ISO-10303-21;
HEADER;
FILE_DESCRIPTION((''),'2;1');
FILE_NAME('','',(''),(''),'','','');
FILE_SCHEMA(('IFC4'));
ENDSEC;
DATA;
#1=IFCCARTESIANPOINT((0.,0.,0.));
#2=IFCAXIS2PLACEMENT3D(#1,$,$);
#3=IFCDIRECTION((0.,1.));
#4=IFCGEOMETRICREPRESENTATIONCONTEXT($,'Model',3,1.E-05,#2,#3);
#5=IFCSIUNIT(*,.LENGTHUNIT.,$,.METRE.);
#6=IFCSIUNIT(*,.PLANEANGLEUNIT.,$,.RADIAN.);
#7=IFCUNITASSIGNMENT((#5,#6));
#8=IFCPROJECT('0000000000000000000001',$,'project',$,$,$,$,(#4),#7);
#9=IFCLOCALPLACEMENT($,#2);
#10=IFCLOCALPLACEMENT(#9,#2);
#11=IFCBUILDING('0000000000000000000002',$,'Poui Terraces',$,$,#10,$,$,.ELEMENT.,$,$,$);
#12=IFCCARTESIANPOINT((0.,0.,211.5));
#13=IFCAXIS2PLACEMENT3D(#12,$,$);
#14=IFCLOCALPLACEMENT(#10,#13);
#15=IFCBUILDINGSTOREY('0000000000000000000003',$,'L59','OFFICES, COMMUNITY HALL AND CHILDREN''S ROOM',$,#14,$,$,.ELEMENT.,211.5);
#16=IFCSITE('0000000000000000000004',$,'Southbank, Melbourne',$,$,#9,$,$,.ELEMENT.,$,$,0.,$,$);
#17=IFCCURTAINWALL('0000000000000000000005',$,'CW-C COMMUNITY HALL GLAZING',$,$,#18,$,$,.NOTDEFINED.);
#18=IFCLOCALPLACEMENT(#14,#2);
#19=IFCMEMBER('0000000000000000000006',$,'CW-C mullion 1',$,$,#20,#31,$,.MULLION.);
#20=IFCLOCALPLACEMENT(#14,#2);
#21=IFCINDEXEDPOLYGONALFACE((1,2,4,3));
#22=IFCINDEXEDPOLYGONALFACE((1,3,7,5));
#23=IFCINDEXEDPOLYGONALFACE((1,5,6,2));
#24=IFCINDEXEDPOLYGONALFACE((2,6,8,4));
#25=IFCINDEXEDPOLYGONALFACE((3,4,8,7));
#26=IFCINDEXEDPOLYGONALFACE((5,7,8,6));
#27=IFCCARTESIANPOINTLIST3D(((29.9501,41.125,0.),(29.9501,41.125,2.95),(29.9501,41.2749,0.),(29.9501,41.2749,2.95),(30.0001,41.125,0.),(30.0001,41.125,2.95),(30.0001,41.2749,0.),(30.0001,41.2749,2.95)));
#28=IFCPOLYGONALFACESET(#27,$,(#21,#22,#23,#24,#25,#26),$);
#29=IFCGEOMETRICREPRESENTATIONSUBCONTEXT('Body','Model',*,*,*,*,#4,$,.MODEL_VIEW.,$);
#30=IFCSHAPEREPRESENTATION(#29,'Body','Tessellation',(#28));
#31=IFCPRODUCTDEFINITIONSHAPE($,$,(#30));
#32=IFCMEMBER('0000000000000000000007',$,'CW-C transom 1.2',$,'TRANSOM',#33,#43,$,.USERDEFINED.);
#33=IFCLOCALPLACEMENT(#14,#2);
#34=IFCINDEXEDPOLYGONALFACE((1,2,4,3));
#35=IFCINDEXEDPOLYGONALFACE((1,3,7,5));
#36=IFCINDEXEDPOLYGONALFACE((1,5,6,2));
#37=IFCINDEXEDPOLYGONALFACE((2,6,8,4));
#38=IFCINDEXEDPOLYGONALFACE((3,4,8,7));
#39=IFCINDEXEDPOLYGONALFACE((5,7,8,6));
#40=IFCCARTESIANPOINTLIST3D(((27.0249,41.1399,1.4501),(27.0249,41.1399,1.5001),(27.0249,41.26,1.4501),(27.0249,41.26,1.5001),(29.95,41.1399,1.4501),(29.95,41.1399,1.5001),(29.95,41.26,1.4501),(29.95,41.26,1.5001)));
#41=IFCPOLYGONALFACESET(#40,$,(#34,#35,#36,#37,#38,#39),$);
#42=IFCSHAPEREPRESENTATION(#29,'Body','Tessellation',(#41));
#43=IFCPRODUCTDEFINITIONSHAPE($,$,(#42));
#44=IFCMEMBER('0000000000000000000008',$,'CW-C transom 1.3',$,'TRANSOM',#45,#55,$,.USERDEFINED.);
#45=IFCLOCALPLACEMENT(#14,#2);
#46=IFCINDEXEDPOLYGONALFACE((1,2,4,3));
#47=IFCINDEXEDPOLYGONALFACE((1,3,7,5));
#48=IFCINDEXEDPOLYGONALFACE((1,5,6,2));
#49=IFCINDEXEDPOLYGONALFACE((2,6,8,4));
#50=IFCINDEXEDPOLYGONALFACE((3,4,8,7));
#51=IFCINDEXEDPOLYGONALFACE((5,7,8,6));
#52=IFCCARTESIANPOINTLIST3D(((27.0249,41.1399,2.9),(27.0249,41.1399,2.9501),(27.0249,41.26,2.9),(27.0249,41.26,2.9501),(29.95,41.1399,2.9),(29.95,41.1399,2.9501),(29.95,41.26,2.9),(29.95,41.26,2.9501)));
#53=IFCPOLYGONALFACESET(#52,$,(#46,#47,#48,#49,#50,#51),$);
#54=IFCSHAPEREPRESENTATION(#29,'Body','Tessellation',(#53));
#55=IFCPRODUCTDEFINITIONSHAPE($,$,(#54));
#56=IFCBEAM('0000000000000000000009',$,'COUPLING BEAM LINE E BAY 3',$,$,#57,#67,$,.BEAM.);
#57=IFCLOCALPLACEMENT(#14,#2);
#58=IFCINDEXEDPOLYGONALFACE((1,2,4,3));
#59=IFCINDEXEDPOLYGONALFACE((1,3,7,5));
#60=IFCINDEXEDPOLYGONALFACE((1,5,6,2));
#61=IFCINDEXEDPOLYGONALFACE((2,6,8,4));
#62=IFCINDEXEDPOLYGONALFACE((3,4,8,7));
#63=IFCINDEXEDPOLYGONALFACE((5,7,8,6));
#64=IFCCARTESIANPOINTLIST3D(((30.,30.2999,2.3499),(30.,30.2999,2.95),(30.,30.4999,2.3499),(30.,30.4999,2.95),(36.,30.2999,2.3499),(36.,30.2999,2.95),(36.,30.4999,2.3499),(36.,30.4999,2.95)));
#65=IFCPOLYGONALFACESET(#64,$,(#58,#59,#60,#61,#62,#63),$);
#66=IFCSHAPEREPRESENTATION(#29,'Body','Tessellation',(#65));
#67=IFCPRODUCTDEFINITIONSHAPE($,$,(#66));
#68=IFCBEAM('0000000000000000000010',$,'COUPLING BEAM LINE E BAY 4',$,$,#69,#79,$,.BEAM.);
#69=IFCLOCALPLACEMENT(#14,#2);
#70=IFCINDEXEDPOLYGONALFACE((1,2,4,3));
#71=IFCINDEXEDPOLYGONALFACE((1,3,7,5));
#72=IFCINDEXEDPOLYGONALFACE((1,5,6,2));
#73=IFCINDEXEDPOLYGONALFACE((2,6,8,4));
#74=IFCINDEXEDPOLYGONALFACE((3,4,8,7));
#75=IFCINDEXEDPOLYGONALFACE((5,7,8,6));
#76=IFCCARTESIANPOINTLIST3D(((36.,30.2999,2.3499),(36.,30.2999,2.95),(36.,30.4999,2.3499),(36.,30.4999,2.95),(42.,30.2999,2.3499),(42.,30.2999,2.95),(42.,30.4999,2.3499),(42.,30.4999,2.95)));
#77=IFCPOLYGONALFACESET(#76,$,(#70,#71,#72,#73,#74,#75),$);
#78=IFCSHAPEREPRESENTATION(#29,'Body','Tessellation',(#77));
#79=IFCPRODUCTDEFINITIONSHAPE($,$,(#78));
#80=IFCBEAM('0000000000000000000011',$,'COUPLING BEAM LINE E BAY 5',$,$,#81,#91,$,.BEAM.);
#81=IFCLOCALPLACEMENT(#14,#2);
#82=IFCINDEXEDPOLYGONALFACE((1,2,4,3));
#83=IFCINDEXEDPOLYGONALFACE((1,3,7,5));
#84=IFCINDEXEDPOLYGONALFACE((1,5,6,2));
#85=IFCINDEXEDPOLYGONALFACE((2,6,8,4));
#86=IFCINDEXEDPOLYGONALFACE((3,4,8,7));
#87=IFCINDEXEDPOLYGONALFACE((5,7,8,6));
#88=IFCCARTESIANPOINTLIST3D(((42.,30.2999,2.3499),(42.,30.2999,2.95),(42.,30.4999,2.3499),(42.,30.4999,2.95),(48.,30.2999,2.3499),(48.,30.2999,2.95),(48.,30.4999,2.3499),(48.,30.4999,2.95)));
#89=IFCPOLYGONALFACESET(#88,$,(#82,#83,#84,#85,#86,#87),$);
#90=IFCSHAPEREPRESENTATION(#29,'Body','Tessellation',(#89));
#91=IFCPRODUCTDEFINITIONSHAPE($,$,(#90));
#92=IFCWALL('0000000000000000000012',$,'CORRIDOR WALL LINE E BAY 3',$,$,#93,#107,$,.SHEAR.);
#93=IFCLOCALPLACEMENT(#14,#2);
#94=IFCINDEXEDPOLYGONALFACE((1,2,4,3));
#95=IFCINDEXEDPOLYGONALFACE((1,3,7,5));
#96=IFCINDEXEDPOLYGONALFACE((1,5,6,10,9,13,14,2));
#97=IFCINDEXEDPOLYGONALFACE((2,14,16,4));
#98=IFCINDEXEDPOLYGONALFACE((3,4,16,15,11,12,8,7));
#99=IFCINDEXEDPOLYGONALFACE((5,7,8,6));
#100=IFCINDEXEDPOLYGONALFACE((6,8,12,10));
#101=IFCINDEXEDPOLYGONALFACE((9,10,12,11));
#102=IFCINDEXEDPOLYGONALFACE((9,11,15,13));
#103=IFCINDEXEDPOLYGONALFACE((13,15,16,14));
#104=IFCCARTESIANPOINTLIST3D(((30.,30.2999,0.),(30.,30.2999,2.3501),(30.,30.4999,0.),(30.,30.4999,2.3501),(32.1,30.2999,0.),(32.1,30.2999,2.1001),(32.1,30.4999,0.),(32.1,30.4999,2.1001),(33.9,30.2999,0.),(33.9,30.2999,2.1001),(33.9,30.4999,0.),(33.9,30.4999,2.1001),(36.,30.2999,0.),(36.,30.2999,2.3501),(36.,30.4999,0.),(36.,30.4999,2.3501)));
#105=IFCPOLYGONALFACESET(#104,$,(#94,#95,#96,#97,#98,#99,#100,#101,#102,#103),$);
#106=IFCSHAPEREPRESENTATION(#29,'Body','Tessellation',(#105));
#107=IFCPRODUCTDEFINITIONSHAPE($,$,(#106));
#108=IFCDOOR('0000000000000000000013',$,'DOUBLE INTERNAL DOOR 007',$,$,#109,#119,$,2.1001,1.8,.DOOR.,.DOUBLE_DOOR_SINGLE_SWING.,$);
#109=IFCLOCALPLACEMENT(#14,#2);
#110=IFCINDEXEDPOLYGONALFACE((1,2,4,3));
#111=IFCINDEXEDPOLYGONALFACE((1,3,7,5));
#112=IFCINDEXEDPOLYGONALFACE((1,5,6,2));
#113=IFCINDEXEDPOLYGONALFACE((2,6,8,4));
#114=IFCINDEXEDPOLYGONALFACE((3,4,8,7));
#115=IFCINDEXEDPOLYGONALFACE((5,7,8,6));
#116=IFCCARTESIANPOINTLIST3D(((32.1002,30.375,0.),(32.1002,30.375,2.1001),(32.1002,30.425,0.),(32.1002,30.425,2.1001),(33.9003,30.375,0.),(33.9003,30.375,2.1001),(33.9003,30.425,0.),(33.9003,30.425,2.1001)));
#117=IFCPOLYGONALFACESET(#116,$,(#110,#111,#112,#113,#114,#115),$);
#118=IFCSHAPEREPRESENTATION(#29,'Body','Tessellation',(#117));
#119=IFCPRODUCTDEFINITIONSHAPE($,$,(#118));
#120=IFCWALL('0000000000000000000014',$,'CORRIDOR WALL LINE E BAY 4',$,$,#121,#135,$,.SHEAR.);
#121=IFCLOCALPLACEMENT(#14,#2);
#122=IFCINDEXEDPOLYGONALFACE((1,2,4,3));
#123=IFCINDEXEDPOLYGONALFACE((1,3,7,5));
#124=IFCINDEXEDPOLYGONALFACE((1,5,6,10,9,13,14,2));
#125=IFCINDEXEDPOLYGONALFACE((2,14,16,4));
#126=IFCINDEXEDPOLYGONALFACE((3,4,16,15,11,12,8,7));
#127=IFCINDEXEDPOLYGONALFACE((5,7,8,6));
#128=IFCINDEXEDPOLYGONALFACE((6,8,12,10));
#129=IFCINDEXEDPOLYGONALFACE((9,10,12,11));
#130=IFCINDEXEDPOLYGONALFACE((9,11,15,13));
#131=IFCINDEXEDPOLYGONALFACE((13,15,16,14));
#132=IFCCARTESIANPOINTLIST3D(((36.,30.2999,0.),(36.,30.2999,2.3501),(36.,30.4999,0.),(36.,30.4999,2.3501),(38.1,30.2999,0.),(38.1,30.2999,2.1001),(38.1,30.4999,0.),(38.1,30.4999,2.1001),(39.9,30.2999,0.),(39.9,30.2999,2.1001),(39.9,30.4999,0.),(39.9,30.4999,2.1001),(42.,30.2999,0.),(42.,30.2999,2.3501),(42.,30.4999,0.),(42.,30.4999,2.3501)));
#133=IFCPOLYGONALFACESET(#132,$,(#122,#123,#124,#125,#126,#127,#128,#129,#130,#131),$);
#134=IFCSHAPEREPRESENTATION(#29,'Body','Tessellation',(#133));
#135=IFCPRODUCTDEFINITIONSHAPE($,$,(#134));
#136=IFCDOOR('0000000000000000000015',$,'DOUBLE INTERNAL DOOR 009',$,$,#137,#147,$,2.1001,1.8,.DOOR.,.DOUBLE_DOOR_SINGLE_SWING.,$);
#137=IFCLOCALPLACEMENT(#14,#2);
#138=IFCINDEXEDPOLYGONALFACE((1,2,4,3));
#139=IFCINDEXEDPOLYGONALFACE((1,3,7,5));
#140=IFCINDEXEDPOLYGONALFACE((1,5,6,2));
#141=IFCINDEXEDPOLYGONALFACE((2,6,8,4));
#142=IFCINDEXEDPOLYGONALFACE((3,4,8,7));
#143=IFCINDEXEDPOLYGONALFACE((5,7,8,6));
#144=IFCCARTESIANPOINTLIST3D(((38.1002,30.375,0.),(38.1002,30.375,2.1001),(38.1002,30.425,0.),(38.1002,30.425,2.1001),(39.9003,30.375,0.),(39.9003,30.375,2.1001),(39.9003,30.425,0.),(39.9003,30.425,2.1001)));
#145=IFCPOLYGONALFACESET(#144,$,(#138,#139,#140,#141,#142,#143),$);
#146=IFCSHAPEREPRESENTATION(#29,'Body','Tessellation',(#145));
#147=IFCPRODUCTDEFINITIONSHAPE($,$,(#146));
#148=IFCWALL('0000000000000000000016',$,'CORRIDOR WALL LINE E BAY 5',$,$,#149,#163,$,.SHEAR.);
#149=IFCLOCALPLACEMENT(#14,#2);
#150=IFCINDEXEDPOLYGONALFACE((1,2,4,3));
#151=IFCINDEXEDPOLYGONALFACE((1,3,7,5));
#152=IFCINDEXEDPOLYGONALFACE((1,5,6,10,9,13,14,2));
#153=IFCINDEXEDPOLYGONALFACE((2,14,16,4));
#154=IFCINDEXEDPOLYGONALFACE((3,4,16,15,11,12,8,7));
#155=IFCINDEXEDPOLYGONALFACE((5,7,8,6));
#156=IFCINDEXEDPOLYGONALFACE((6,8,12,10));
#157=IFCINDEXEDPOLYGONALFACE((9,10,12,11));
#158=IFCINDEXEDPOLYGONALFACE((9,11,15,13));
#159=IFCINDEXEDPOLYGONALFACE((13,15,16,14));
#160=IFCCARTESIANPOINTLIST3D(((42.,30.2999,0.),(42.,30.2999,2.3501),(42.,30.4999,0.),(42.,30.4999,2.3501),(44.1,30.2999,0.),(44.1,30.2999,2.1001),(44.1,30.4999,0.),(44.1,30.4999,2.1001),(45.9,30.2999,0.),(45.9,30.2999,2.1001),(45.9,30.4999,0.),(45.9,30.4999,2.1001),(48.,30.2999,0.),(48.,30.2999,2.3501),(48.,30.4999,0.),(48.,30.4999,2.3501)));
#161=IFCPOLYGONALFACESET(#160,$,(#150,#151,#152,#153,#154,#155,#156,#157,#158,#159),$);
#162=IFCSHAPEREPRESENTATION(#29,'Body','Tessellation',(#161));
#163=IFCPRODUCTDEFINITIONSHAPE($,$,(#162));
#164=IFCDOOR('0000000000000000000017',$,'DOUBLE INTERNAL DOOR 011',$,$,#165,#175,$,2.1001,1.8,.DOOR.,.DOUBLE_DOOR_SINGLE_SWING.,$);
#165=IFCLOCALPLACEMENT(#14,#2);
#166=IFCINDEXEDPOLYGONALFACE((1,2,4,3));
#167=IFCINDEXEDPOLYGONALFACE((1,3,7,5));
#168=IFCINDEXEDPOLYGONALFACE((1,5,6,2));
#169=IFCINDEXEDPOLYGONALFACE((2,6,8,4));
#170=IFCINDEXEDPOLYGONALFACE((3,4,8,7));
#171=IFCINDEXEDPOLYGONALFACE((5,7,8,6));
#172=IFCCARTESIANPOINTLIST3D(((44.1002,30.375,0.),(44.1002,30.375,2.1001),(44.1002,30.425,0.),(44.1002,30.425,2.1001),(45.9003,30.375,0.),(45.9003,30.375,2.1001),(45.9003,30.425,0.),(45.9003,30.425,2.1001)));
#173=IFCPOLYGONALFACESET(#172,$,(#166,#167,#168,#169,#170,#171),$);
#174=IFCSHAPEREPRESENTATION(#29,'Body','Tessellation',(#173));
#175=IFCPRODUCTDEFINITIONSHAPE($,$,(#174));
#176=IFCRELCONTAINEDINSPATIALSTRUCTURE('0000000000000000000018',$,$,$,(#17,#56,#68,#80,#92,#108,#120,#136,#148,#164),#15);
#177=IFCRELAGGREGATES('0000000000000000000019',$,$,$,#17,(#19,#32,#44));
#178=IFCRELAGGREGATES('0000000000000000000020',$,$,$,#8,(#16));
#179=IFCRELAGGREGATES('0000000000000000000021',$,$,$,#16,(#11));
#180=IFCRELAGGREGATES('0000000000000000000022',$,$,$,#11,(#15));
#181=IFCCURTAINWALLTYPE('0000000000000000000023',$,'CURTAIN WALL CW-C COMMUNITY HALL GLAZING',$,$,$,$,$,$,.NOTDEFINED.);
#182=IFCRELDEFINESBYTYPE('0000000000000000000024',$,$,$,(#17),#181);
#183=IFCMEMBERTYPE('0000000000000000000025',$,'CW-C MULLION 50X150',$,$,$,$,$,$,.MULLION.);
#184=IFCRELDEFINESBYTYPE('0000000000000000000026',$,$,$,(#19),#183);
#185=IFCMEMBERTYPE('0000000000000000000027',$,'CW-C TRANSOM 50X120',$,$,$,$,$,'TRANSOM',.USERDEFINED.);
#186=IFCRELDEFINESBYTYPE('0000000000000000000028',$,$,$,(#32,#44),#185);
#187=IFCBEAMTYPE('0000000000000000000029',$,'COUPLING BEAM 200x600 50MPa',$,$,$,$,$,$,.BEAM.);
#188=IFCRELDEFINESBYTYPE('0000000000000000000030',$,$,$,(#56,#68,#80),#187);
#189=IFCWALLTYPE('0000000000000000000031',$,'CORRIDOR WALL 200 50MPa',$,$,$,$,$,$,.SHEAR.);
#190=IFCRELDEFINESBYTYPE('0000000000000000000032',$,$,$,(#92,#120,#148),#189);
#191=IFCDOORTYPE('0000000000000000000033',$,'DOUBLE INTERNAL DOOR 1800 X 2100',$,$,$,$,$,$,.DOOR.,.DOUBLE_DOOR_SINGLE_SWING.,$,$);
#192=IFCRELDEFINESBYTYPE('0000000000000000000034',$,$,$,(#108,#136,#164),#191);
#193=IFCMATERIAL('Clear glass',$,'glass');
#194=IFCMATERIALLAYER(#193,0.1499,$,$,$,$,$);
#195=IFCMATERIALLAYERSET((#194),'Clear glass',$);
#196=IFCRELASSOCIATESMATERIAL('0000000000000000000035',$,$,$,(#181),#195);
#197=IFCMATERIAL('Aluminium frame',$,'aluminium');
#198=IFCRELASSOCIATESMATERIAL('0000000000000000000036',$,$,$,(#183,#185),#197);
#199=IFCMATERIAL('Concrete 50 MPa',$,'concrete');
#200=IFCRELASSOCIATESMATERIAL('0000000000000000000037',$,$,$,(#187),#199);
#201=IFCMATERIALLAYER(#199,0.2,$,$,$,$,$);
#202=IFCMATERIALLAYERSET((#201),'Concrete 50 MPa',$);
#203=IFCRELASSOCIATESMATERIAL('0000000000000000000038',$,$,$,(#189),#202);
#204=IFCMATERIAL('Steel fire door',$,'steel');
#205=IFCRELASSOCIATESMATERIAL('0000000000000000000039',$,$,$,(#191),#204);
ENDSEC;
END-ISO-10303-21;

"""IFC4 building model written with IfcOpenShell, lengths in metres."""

from ifc_helpers import new_model, si_unit, direction, frame, frame_2d, origin, origin_2d, place, context, subcontext, project, spatial, rectangle, extrude, source, transform, mapped, material, layer, layer_set, material_profile, profile_set, type_object, element, fill, aggregate, save


model = new_model("IFC4")

# Units and contexts
model_context = context("Model", 3, precision=1e-05, world=origin(), true_north=direction((0.0, 1.0)))
body_context = subcontext(model_context, "Body", "Model", "MODEL_VIEW")
ifc_project = project(units=[si_unit("LENGTHUNIT", "METRE"), si_unit("PLANEANGLEUNIT", "RADIAN")], contexts=[model_context])

# Site, building, storey
site_placement = place(None, origin())
site = spatial("IfcSite", under=ifc_project, at=site_placement, Name="Southbank, Melbourne", CompositionType="ELEMENT", RefElevation=0.0)
building_placement = place(site_placement, origin())
building = spatial("IfcBuilding", under=site, at=building_placement, Name="Poui Terraces", CompositionType="ELEMENT")
storey_placement = place(building_placement, frame((0.0, 0.0, 211.5)))
storey = spatial("IfcBuildingStorey", under=building, at=storey_placement, Name="L59", Description="OFFICES, COMMUNITY HALL AND CHILDREN'S ROOM", CompositionType="ELEMENT", Elevation=211.5)

# Curtain wall, members
ifc_material_1 = material(Name="Clear glass", Category="glass")
ifc_layer_1 = layer(ifc_material_1, 0.1499)
ifc_layer_set_1 = layer_set([ifc_layer_1], Name="Clear glass")
curtain_wall_type = type_object("IfcCurtainWallType", Name="CURTAIN WALL CW-C COMMUNITY HALL GLAZING", PredefinedType="NOTDEFINED", material=ifc_layer_set_1)
curtain_wall_placement = place(storey_placement, origin())
curtain_wall = element("IfcCurtainWall", 1, at=curtain_wall_placement, inside=storey, type_object=curtain_wall_type, Name="CW-C COMMUNITY HALL GLAZING", PredefinedType="NOTDEFINED")
ifc_material_2 = material(Name="Aluminium frame", Category="aluminium")
ifc_material_profile_1 = material_profile(ifc_material_2, rectangle(XDim=0.1499, YDim=0.05, at=origin_2d()), Name="CW-C MULLION 50X150")
ifc_profile_set_1 = profile_set([ifc_material_profile_1], Name="Aluminium frame")
member_type_1 = type_object("IfcMemberType", Name="CW-C MULLION 50X150", PredefinedType="MULLION", material=ifc_profile_set_1)
member_1_placement = place(storey_placement, frame((29.9751, 41.2, 0.0), z_axis=(0.0, 0.0, 1.0), x_axis=(0.0, -1.0, 0.0)))
member_1 = element("IfcMember", 2, at=member_1_placement, type_object=member_type_1, Name="CW-C mullion 1", PredefinedType="MULLION", context=body_context, shape_type="SweptSolid", body=[
    extrude(rectangle(XDim=0.1499, YDim=0.05, at=origin_2d()), origin(), (0.0, 0.0, 1.0), 2.95),
])
ifc_material_profile_2 = material_profile(ifc_material_2, rectangle(XDim=0.1201, YDim=0.05, at=origin_2d()), Name="CW-C TRANSOM 50X120")
ifc_profile_set_2 = profile_set([ifc_material_profile_2], Name="Aluminium frame")
member_type_2 = type_object("IfcMemberType", Name="CW-C TRANSOM 50X120", ElementType="TRANSOM", PredefinedType="USERDEFINED", material=ifc_profile_set_2)
member_2_placement = place(storey_placement, frame((29.95, 41.2, 1.4751), z_axis=(-1.0, 0.0, 0.0), x_axis=(0.0, -1.0, 0.0)))
member_2 = element("IfcMember", 3, at=member_2_placement, type_object=member_type_2, Name="CW-C transom 1.2", ObjectType="TRANSOM", PredefinedType="USERDEFINED", context=body_context, shape_type="SweptSolid", body=[
    extrude(rectangle(XDim=0.1201, YDim=0.05, at=origin_2d()), origin(), (0.0, 0.0, 1.0), 2.925),
])
member_3_placement = place(storey_placement, frame((29.95, 41.2, 2.925), z_axis=(-1.0, 0.0, 0.0), x_axis=(0.0, -1.0, 0.0)))
member_3 = element("IfcMember", 4, at=member_3_placement, type_object=member_type_2, Name="CW-C transom 1.3", ObjectType="TRANSOM", PredefinedType="USERDEFINED", context=body_context, shape_type="SweptSolid", body=[
    extrude(rectangle(XDim=0.1201, YDim=0.05, at=origin_2d()), origin(), (0.0, 0.0, 1.0), 2.925),
])
aggregate(curtain_wall, [member_1, member_2, member_3])

# Beams
ifc_material_3 = material(Name="Concrete 50 MPa", Category="concrete")
ifc_material_profile_3 = material_profile(ifc_material_3, rectangle(XDim=0.2, YDim=0.6001, at=origin_2d()), Name="RC 200x600")
ifc_profile_set_3 = profile_set([ifc_material_profile_3], Name="Concrete 50 MPa")
beam_type = type_object("IfcBeamType", Name="COUPLING BEAM 200x600 50MPa", PredefinedType="BEAM", material=ifc_profile_set_3)
shared_shape = source(origin(), body_context, "Body", "SweptSolid", [
    extrude(rectangle(XDim=0.2, YDim=0.6001, at=origin_2d()), origin(), (0.0, 0.0, 1.0), 6.0),
])
for number, where, z_axis, x_axis, name in (
    (5, (30.0, 30.3999, 2.6499), (1.0, 0.0, 0.0), (0.0, 1.0, 0.0), "COUPLING BEAM LINE E BAY 3"),
    (6, (36.0, 30.3999, 2.6499), (1.0, 0.0, 0.0), (0.0, 1.0, 0.0), "COUPLING BEAM LINE E BAY 4"),
    (7, (42.0, 30.3999, 2.6499), (1.0, 0.0, 0.0), (0.0, 1.0, 0.0), "COUPLING BEAM LINE E BAY 5"),
):
    element("IfcBeam", number, at=place(storey_placement, frame(where, z_axis=z_axis, x_axis=x_axis)), inside=storey, type_object=beam_type, Name=name, PredefinedType="BEAM", context=body_context, shape_type="MappedRepresentation", body=[
        mapped(shared_shape, transform((0.0, 0.0, 0.0))),
    ])

# Walls, openings, doors
ifc_layer_2 = layer(ifc_material_3, 0.2)
ifc_layer_set_2 = layer_set([ifc_layer_2], Name="Concrete 50 MPa")
wall_type_1 = type_object("IfcWallType", Name="CORRIDOR WALL 200 50MPa", PredefinedType="SHEAR", material=ifc_layer_set_2)
wall_1_placement = place(storey_placement, frame((30.0, 30.3999, 0.0), z_axis=(0.0, 0.0, 1.0), x_axis=(1.0, 0.0, 0.0)))
wall_1 = element("IfcWall", 8, at=wall_1_placement, inside=storey, type_object=wall_type_1, Name="CORRIDOR WALL LINE E BAY 3", PredefinedType="SHEAR", context=body_context, shape_type="SweptSolid", body=[
    extrude(rectangle(XDim=6.0, YDim=0.2, at=frame_2d((3.0, 0.0))), origin(), (0.0, 0.0, 1.0), 2.3501),
])
opening_1_placement = place(wall_1_placement, frame((2.1001, 0.0, 0.0)))
opening_1 = element("IfcOpeningElement", 9, at=opening_1_placement, cuts=wall_1, PredefinedType="OPENING", context=body_context, shape_type="SweptSolid", body=[
    extrude(rectangle(XDim=1.8, YDim=2.1001, at=frame_2d((0.8999, 1.05))), frame((0.0, 0.1099, 0.0), z_axis=(0.0, -1.0, 0.0), x_axis=(1.0, 0.0, 0.0)), (0.0, 0.0, 1.0), 0.22),
])
ifc_material_4 = material(Name="Steel fire door", Category="steel")
door_type_1 = type_object("IfcDoorType", Name="DOUBLE INTERNAL DOOR 1800 X 2100", OperationType="DOUBLE_DOOR_SINGLE_SWING", PredefinedType="DOOR", material=ifc_material_4)
door_1_placement = place(opening_1_placement, frame((1.8, 0.0, 0.0), z_axis=(0.0, 0.0, 1.0), x_axis=(-1.0, 0.0, 0.0)))
door_1 = element("IfcDoor", 10, at=door_1_placement, inside=storey, type_object=door_type_1, Name="DOUBLE INTERNAL DOOR 007", OperationType="DOUBLE_DOOR_SINGLE_SWING", OverallHeight=2.1001, OverallWidth=1.8, PredefinedType="DOOR", context=body_context, shape_type="SweptSolid", body=[
    extrude(rectangle(XDim=1.8, YDim=2.1001, at=frame_2d((0.8999, 1.05))), frame((0.0, 0.0249, 0.0), z_axis=(0.0, -1.0, 0.0), x_axis=(1.0, 0.0, 0.0)), (0.0, 0.0, 1.0), 0.05),
])
fill(opening_1, door_1)
wall_2_placement = place(storey_placement, frame((36.0, 30.3999, 0.0), z_axis=(0.0, 0.0, 1.0), x_axis=(1.0, 0.0, 0.0)))
wall_2 = element("IfcWall", 11, at=wall_2_placement, inside=storey, type_object=wall_type_1, Name="CORRIDOR WALL LINE E BAY 4", PredefinedType="SHEAR", context=body_context, shape_type="SweptSolid", body=[
    extrude(rectangle(XDim=6.0, YDim=0.2, at=frame_2d((3.0, 0.0))), origin(), (0.0, 0.0, 1.0), 2.3501),
])
opening_2_placement = place(wall_2_placement, frame((2.1001, 0.0, 0.0)))
opening_2 = element("IfcOpeningElement", 12, at=opening_2_placement, cuts=wall_2, PredefinedType="OPENING", context=body_context, shape_type="SweptSolid", body=[
    extrude(rectangle(XDim=1.8, YDim=2.1001, at=frame_2d((0.8999, 1.05))), frame((0.0, 0.1099, 0.0), z_axis=(0.0, -1.0, 0.0), x_axis=(1.0, 0.0, 0.0)), (0.0, 0.0, 1.0), 0.22),
])
door_2_placement = place(opening_2_placement, frame((1.8, 0.0, 0.0), z_axis=(0.0, 0.0, 1.0), x_axis=(-1.0, 0.0, 0.0)))
door_2 = element("IfcDoor", 13, at=door_2_placement, inside=storey, type_object=door_type_1, Name="DOUBLE INTERNAL DOOR 009", OperationType="DOUBLE_DOOR_SINGLE_SWING", OverallHeight=2.1001, OverallWidth=1.8, PredefinedType="DOOR", context=body_context, shape_type="SweptSolid", body=[
    extrude(rectangle(XDim=1.8, YDim=2.1001, at=frame_2d((0.8999, 1.05))), frame((0.0, 0.0249, 0.0), z_axis=(0.0, -1.0, 0.0), x_axis=(1.0, 0.0, 0.0)), (0.0, 0.0, 1.0), 0.05),
])
fill(opening_2, door_2)
wall_3_placement = place(storey_placement, frame((42.0, 30.3999, 0.0), z_axis=(0.0, 0.0, 1.0), x_axis=(1.0, 0.0, 0.0)))
wall_3 = element("IfcWall", 14, at=wall_3_placement, inside=storey, type_object=wall_type_1, Name="CORRIDOR WALL LINE E BAY 5", PredefinedType="SHEAR", context=body_context, shape_type="SweptSolid", body=[
    extrude(rectangle(XDim=6.0, YDim=0.2, at=frame_2d((3.0, 0.0))), origin(), (0.0, 0.0, 1.0), 2.3501),
])
opening_3_placement = place(wall_3_placement, frame((2.1001, 0.0, 0.0)))
opening_3 = element("IfcOpeningElement", 15, at=opening_3_placement, cuts=wall_3, PredefinedType="OPENING", context=body_context, shape_type="SweptSolid", body=[
    extrude(rectangle(XDim=1.8, YDim=2.1001, at=frame_2d((0.8999, 1.05))), frame((0.0, 0.1099, 0.0), z_axis=(0.0, -1.0, 0.0), x_axis=(1.0, 0.0, 0.0)), (0.0, 0.0, 1.0), 0.22),
])
door_3_placement = place(opening_3_placement, frame((1.8, 0.0, 0.0), z_axis=(0.0, 0.0, 1.0), x_axis=(-1.0, 0.0, 0.0)))
door_3 = element("IfcDoor", 16, at=door_3_placement, inside=storey, type_object=door_type_1, Name="DOUBLE INTERNAL DOOR 011", OperationType="DOUBLE_DOOR_SINGLE_SWING", OverallHeight=2.1001, OverallWidth=1.8, PredefinedType="DOOR", context=body_context, shape_type="SweptSolid", body=[
    extrude(rectangle(XDim=1.8, YDim=2.1001, at=frame_2d((0.8999, 1.05))), frame((0.0, 0.0249, 0.0), z_axis=(0.0, -1.0, 0.0), x_axis=(1.0, 0.0, 0.0)), (0.0, 0.0, 1.0), 0.05),
])
fill(opening_3, door_3)

save(model, "model.ifc")
